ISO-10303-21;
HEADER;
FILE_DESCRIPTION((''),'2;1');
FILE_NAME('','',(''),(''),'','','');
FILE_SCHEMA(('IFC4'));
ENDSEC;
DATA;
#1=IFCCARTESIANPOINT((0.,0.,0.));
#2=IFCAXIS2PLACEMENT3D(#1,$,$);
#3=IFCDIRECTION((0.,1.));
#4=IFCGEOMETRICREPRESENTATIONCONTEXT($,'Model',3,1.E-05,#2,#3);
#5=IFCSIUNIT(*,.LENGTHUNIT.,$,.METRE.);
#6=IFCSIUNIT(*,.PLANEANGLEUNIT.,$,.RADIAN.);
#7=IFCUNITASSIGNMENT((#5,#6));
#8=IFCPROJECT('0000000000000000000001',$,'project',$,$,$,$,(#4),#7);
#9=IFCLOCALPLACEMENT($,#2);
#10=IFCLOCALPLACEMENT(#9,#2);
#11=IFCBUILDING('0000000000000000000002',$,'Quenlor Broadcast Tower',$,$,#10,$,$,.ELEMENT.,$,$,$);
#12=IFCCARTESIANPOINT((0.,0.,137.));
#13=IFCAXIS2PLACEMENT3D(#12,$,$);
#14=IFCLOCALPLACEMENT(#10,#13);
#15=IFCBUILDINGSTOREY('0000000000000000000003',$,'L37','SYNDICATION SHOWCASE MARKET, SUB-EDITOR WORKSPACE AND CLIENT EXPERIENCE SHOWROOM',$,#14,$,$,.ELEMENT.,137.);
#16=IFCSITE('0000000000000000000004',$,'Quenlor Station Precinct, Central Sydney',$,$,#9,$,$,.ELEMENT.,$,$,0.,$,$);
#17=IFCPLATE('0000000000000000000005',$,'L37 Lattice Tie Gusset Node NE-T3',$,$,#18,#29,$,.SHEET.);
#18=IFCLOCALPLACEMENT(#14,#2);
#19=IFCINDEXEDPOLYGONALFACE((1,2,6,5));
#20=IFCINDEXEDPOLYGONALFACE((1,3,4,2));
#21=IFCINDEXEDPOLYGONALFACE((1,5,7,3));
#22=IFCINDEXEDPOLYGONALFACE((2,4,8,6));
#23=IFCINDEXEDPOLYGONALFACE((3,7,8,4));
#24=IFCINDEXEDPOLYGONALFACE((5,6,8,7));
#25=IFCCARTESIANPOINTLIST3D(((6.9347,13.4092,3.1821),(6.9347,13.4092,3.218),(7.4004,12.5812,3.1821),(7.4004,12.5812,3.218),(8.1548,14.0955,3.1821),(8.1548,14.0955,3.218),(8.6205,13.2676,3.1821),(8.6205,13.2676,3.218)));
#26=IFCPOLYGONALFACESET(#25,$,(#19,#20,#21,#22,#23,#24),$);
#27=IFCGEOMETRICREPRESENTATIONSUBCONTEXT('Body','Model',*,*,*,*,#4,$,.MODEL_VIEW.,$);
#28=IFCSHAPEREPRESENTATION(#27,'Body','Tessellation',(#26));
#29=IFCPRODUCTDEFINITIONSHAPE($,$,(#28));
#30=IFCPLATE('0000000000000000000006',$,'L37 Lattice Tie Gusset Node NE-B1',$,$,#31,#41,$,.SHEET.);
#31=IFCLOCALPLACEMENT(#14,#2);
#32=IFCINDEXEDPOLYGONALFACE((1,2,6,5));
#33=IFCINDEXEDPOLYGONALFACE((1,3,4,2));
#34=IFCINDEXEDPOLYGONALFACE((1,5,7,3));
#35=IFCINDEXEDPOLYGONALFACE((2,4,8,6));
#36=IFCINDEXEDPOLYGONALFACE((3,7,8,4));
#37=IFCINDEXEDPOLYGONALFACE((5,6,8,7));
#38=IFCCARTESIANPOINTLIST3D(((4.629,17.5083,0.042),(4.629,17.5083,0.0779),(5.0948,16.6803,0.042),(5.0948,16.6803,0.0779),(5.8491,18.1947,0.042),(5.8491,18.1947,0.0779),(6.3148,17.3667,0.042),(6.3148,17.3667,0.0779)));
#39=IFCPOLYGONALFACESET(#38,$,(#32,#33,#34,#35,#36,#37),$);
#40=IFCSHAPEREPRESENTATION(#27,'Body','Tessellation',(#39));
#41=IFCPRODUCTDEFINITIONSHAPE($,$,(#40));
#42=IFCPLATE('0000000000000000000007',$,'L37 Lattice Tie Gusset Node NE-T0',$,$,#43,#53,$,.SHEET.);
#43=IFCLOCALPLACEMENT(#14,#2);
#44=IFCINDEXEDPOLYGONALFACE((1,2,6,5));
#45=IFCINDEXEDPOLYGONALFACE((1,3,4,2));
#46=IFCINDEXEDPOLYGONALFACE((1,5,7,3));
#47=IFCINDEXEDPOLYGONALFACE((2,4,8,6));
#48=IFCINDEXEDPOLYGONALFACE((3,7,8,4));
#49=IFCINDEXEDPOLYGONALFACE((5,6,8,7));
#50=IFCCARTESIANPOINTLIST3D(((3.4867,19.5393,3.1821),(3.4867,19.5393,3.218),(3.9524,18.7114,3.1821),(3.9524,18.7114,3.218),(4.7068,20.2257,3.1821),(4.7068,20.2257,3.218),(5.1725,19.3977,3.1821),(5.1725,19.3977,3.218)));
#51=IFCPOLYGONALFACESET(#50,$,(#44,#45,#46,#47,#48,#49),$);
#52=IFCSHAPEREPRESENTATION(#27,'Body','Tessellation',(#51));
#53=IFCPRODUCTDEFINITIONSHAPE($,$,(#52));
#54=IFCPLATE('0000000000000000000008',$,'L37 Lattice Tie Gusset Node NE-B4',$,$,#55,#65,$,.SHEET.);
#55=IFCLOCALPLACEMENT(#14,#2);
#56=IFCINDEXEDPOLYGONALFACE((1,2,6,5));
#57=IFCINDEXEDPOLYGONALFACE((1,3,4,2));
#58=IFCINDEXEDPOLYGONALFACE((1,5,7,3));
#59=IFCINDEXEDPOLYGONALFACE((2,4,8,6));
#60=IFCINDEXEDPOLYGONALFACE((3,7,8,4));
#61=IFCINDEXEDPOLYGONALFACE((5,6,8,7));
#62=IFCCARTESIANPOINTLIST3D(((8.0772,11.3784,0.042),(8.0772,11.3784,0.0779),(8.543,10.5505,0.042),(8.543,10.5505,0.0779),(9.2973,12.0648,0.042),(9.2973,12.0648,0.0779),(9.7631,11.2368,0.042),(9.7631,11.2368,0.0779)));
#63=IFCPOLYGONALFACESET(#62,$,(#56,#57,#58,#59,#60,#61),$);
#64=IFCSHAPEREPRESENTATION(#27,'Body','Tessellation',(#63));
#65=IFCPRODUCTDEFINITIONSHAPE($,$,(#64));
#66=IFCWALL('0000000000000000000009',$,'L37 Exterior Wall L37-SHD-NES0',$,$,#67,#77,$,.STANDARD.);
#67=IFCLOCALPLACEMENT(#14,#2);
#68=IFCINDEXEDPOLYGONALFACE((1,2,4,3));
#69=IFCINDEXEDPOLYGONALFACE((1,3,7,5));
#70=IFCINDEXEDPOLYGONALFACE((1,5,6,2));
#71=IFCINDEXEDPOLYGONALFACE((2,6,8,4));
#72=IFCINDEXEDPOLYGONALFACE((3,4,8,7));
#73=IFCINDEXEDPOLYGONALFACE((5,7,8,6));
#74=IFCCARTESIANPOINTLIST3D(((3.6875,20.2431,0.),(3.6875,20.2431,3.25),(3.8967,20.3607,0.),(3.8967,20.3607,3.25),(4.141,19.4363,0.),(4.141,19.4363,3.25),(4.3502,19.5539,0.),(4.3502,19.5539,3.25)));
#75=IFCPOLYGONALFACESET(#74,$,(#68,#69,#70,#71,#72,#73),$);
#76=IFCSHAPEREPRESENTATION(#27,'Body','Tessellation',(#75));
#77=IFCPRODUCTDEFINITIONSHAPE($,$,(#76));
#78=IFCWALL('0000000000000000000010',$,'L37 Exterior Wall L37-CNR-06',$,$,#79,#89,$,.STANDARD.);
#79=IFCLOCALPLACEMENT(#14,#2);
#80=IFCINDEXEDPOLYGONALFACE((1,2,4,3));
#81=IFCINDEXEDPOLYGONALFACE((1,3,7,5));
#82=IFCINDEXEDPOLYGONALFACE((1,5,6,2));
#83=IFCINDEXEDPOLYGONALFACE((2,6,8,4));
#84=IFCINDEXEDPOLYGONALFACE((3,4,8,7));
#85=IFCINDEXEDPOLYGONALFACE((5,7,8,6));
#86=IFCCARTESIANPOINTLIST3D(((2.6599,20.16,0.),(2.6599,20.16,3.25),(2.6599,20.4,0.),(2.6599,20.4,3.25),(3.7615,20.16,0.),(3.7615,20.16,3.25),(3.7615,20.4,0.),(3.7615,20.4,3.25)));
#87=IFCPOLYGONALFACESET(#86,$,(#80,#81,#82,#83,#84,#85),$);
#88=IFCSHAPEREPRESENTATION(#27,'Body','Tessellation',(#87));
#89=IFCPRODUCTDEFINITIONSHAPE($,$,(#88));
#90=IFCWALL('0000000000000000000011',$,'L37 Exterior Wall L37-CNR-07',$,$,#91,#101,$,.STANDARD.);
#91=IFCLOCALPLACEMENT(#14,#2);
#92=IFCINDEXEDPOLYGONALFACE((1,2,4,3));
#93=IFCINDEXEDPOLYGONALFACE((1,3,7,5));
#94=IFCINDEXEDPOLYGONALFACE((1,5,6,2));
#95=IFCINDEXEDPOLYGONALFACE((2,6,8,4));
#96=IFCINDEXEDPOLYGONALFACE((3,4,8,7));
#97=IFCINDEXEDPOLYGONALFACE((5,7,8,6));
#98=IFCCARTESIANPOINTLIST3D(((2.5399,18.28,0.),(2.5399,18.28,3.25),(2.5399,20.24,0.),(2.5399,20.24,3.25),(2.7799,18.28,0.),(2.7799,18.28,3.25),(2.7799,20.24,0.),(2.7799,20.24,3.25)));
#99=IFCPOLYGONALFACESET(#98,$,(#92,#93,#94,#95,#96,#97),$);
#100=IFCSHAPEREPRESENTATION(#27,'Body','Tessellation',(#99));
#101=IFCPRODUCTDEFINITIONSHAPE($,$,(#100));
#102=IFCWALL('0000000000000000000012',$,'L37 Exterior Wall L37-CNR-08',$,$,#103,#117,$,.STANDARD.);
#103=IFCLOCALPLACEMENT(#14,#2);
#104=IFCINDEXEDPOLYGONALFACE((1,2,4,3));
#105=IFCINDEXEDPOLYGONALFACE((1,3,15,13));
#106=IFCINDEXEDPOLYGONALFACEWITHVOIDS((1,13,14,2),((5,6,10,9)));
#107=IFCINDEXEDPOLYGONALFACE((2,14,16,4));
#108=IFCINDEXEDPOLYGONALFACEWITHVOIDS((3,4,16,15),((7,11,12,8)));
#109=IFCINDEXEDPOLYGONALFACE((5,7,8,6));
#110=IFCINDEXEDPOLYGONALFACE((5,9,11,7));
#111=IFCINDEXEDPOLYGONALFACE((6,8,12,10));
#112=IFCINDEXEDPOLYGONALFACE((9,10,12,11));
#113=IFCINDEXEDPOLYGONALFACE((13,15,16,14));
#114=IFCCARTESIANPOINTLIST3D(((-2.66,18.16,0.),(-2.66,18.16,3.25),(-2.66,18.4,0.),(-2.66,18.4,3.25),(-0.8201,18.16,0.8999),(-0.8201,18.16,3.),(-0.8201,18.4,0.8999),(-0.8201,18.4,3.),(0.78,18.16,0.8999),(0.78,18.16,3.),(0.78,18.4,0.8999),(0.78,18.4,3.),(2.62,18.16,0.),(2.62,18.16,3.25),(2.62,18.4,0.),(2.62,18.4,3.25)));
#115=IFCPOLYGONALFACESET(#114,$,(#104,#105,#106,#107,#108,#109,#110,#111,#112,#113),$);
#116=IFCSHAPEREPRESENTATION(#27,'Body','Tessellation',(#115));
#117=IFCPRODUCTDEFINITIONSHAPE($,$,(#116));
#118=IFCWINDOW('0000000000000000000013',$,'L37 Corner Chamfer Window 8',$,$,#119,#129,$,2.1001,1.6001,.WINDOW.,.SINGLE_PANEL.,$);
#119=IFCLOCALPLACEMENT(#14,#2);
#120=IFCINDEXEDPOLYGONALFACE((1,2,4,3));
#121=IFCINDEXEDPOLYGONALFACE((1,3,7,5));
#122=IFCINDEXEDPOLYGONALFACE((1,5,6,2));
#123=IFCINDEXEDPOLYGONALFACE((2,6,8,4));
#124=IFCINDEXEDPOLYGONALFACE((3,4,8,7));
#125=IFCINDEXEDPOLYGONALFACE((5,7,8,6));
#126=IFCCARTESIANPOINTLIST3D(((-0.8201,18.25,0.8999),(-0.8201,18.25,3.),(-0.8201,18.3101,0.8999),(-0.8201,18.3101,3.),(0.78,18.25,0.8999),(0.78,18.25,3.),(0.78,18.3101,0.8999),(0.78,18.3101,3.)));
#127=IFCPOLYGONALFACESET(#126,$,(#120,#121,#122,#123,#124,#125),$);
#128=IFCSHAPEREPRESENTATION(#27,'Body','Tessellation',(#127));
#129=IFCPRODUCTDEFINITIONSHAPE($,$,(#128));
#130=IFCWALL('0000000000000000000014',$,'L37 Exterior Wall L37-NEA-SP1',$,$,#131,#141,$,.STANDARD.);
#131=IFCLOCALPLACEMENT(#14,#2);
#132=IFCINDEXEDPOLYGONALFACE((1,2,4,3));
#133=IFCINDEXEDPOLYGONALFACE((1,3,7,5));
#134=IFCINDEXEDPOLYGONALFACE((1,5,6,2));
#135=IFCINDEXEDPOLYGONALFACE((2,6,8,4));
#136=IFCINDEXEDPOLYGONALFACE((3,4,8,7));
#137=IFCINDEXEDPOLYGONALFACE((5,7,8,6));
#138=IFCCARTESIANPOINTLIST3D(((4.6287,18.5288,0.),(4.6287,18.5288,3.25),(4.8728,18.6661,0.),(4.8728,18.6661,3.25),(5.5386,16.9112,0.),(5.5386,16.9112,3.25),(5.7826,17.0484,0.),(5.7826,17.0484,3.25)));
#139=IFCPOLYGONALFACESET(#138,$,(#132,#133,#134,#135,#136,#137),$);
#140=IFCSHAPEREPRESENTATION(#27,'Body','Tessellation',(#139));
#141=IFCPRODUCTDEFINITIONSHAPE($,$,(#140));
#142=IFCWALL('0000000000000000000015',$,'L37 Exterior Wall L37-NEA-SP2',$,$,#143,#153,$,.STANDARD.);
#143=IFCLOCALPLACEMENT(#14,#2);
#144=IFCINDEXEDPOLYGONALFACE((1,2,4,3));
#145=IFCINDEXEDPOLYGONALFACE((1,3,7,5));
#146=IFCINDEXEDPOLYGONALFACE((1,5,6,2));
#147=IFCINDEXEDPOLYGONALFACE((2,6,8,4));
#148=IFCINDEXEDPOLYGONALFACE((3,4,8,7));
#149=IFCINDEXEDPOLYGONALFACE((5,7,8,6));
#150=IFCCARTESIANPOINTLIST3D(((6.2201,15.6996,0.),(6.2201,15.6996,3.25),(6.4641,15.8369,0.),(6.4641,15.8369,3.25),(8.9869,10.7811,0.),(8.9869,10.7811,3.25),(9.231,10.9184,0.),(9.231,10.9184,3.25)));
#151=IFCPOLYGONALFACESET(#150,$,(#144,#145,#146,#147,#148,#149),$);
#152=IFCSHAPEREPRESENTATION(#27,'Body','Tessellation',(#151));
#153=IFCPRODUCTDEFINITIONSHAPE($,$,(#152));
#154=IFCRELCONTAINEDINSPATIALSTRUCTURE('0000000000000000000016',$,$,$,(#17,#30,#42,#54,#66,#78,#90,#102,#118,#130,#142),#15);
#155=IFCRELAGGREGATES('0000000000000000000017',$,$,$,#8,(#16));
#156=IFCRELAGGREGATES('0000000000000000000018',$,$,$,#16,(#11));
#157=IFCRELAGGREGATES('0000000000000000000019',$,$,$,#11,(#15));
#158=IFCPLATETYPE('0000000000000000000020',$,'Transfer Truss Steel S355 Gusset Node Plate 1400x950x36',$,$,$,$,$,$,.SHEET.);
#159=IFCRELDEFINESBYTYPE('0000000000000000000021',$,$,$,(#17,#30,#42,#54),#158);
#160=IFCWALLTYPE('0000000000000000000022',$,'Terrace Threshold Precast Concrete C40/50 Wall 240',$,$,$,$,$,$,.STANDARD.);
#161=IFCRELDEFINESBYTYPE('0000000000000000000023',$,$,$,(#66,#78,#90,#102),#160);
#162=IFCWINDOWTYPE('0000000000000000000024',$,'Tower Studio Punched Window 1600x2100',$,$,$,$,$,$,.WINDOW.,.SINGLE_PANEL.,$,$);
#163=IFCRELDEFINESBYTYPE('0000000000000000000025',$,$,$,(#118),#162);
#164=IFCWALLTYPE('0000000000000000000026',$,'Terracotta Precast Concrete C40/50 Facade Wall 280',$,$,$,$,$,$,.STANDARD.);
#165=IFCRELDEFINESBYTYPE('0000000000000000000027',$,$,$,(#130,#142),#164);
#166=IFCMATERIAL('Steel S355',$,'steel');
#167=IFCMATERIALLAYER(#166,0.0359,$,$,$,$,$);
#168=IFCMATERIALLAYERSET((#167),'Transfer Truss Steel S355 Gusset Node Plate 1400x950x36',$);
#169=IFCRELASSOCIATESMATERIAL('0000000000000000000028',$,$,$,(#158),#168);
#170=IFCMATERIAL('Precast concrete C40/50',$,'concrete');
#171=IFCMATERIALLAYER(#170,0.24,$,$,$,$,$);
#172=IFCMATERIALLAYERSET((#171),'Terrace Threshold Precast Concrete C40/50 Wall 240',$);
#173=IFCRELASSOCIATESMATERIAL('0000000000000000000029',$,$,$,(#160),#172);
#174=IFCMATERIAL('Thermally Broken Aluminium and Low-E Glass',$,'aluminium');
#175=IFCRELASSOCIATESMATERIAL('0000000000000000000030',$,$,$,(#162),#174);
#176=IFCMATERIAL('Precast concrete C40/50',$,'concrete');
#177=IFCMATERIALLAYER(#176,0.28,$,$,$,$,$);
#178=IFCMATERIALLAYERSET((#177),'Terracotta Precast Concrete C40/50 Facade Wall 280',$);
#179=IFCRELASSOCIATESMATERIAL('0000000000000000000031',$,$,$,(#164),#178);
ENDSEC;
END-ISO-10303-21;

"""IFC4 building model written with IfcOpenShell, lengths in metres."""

from ifc_helpers import new_model, si_unit, direction, frame, frame_2d, origin, origin_2d, place, context, subcontext, project, spatial, rectangle, extrude, material, layer, layer_set, type_object, element, fill, save


model = new_model("IFC4")

# Units and contexts
model_context = context("Model", 3, precision=1e-05, world=origin(), true_north=direction((0.0, 1.0)))
body_context = subcontext(model_context, "Body", "Model", "MODEL_VIEW")
ifc_project = project(units=[si_unit("LENGTHUNIT", "METRE"), si_unit("PLANEANGLEUNIT", "RADIAN")], contexts=[model_context])

# Site, building, storey
site_placement = place(None, origin())
site = spatial("IfcSite", under=ifc_project, at=site_placement, Name="Quenlor Station Precinct, Central Sydney", CompositionType="ELEMENT", RefElevation=0.0)
building_placement = place(site_placement, origin())
building = spatial("IfcBuilding", under=site, at=building_placement, Name="Quenlor Broadcast Tower", CompositionType="ELEMENT")
storey_placement = place(building_placement, frame((0.0, 0.0, 137.0)))
storey = spatial("IfcBuildingStorey", under=building, at=storey_placement, Name="L37", Description="SYNDICATION SHOWCASE MARKET, SUB-EDITOR WORKSPACE AND CLIENT EXPERIENCE SHOWROOM", CompositionType="ELEMENT", Elevation=137.0)

# Plates
ifc_material_1 = material(Name="Steel S355", Category="steel")
ifc_layer_1 = layer(ifc_material_1, 0.0359)
ifc_layer_set_1 = layer_set([ifc_layer_1], Name="Transfer Truss Steel S355 Gusset Node Plate 1400x950x36")
plate_type_1 = type_object("IfcPlateType", Name="Transfer Truss Steel S355 Gusset Node Plate 1400x950x36", PredefinedType="SHEET", material=ifc_layer_set_1)
for number, where, z_axis, x_axis, name in (
    (1, (7.7776, 13.3384, 3.1821), (0.0, 0.0, 1.0), (0.871556, 0.490295, 0.0), "L37 Lattice Tie Gusset Node NE-T3"),
    (2, (5.4719, 17.4375, 0.042), (0.0, 0.0, 1.0), (0.871556, 0.490295, 0.0), "L37 Lattice Tie Gusset Node NE-B1"),
    (3, (4.3296, 19.4685, 3.1821), (0.0, 0.0, 1.0), (0.871556, 0.490295, 0.0), "L37 Lattice Tie Gusset Node NE-T0"),
    (4, (8.9202, 11.3076, 0.042), (0.0, 0.0, 1.0), (0.871556, 0.490295, 0.0), "L37 Lattice Tie Gusset Node NE-B4"),
):
    element("IfcPlate", number, at=place(storey_placement, frame(where, z_axis=z_axis, x_axis=x_axis)), inside=storey, type_object=plate_type_1, Name=name, PredefinedType="SHEET", context=body_context, shape_type="SweptSolid", body=[
        extrude(rectangle(XDim=1.3999, YDim=0.95, at=origin_2d()), origin(), (0.0, 0.0, 1.0), 0.0359),
    ])

# Walls
ifc_material_2 = material(Name="Precast concrete C40/50", Category="concrete")
ifc_layer_2 = layer(ifc_material_2, 0.24)
ifc_layer_set_2 = layer_set([ifc_layer_2], Name="Terrace Threshold Precast Concrete C40/50 Wall 240")
wall_type_1 = type_object("IfcWallType", Name="Terrace Threshold Precast Concrete C40/50 Wall 240", PredefinedType="STANDARD", material=ifc_layer_set_2)
wall_1_placement = place(storey_placement, frame((3.792, 20.302, 0.0), z_axis=(0.0, 0.0, 1.0), x_axis=(0.490048, -0.871695, 0.0)))
element("IfcWall", 5, at=wall_1_placement, inside=storey, type_object=wall_type_1, Name="L37 Exterior Wall L37-SHD-NES0", PredefinedType="STANDARD", context=body_context, shape_type="SweptSolid", body=[
    extrude(rectangle(XDim=0.9255, YDim=0.24, at=frame_2d((0.4629, 0.0))), origin(), (0.0, 0.0, 1.0), 3.25),
])
wall_2_placement = place(storey_placement, frame((3.7615, 20.28, 0.0), z_axis=(0.0, 0.0, 1.0), x_axis=(-1.0, 0.0, 0.0)))
element("IfcWall", 6, at=wall_2_placement, inside=storey, type_object=wall_type_1, Name="L37 Exterior Wall L37-CNR-06", PredefinedType="STANDARD", context=body_context, shape_type="SweptSolid", body=[
    extrude(rectangle(XDim=1.1016, YDim=0.24, at=frame_2d((0.5508, 0.0))), origin(), (0.0, 0.0, 1.0), 3.25),
])
wall_3_placement = place(storey_placement, frame((2.6599, 20.24, 0.0), z_axis=(0.0, 0.0, 1.0), x_axis=(0.0, -1.0, 0.0)))
element("IfcWall", 7, at=wall_3_placement, inside=storey, type_object=wall_type_1, Name="L37 Exterior Wall L37-CNR-07", PredefinedType="STANDARD", context=body_context, shape_type="SweptSolid", body=[
    extrude(rectangle(XDim=1.96, YDim=0.24, at=frame_2d((0.98, 0.0))), origin(), (0.0, 0.0, 1.0), 3.25),
])

# Wall, opening, window
wall_4_placement = place(storey_placement, frame((2.6201, 18.28, 0.0), z_axis=(0.0, 0.0, 1.0), x_axis=(-1.0, 0.0, 0.0)))
wall_4 = element("IfcWall", 8, at=wall_4_placement, inside=storey, type_object=wall_type_1, Name="L37 Exterior Wall L37-CNR-08", PredefinedType="STANDARD", context=body_context, shape_type="SweptSolid", body=[
    extrude(rectangle(XDim=5.28, YDim=0.24, at=frame_2d((2.6401, 0.0))), origin(), (0.0, 0.0, 1.0), 3.25),
])
opening_1_placement = place(wall_4_placement, frame((1.8401, 0.0, 0.8999)))
opening_1 = element("IfcOpeningElement", 9, at=opening_1_placement, cuts=wall_4, PredefinedType="OPENING", context=body_context, shape_type="SweptSolid", body=[
    extrude(rectangle(XDim=1.6001, YDim=2.1001, at=frame_2d((0.8, 1.05))), frame((0.0, 0.1299, 0.0), z_axis=(0.0, -1.0, 0.0), x_axis=(1.0, 0.0, 0.0)), (0.0, 0.0, 1.0), 0.26),
])
ifc_material_3 = material(Name="Thermally Broken Aluminium and Low-E Glass", Category="aluminium")
window_type = type_object("IfcWindowType", Name="Tower Studio Punched Window 1600x2100", PartitioningType="SINGLE_PANEL", PredefinedType="WINDOW", material=ifc_material_3)
window_placement = place(opening_1_placement, origin())
window = element("IfcWindow", 10, at=window_placement, inside=storey, type_object=window_type, Name="L37 Corner Chamfer Window 8", OverallHeight=2.1001, OverallWidth=1.6001, PartitioningType="SINGLE_PANEL", PredefinedType="WINDOW", context=body_context, shape_type="SweptSolid", body=[
    extrude(rectangle(XDim=1.6001, YDim=2.1001, at=frame_2d((0.8, 1.05))), frame((0.0, 0.03, 0.0), z_axis=(0.0, -1.0, 0.0), x_axis=(1.0, 0.0, 0.0)), (0.0, 0.0, 1.0), 0.0601),
])
fill(opening_1, window)

# Walls
ifc_material_4 = material(Name="Precast concrete C40/50", Category="concrete")
ifc_layer_3 = layer(ifc_material_4, 0.28)
ifc_layer_set_3 = layer_set([ifc_layer_3], Name="Terracotta Precast Concrete C40/50 Facade Wall 280")
wall_type_2 = type_object("IfcWallType", Name="Terracotta Precast Concrete C40/50 Facade Wall 280", PredefinedType="STANDARD", material=ifc_layer_set_3)
wall_5_placement = place(storey_placement, frame((4.7507, 18.5974, 0.0), z_axis=(0.0, 0.0, 1.0), x_axis=(0.490249, -0.871583, 0.0)))
element("IfcWall", 11, at=wall_5_placement, inside=storey, type_object=wall_type_2, Name="L37 Exterior Wall L37-NEA-SP1", PredefinedType="STANDARD", context=body_context, shape_type="SweptSolid", body=[
    extrude(rectangle(XDim=1.856, YDim=0.28, at=frame_2d((0.928, 0.0))), origin(), (0.0, 0.0, 1.0), 3.25),
])
wall_6_placement = place(storey_placement, frame((6.342, 15.7683, 0.0), z_axis=(0.0, 0.0, 1.0), x_axis=(0.49029, -0.871559, 0.0)))
element("IfcWall", 12, at=wall_6_placement, inside=storey, type_object=wall_type_2, Name="L37 Exterior Wall L37-NEA-SP2", PredefinedType="STANDARD", context=body_context, shape_type="SweptSolid", body=[
    extrude(rectangle(XDim=5.6433, YDim=0.28, at=frame_2d((2.8218, 0.0))), origin(), (0.0, 0.0, 1.0), 3.25),
])

save(model, "model.ifc")
